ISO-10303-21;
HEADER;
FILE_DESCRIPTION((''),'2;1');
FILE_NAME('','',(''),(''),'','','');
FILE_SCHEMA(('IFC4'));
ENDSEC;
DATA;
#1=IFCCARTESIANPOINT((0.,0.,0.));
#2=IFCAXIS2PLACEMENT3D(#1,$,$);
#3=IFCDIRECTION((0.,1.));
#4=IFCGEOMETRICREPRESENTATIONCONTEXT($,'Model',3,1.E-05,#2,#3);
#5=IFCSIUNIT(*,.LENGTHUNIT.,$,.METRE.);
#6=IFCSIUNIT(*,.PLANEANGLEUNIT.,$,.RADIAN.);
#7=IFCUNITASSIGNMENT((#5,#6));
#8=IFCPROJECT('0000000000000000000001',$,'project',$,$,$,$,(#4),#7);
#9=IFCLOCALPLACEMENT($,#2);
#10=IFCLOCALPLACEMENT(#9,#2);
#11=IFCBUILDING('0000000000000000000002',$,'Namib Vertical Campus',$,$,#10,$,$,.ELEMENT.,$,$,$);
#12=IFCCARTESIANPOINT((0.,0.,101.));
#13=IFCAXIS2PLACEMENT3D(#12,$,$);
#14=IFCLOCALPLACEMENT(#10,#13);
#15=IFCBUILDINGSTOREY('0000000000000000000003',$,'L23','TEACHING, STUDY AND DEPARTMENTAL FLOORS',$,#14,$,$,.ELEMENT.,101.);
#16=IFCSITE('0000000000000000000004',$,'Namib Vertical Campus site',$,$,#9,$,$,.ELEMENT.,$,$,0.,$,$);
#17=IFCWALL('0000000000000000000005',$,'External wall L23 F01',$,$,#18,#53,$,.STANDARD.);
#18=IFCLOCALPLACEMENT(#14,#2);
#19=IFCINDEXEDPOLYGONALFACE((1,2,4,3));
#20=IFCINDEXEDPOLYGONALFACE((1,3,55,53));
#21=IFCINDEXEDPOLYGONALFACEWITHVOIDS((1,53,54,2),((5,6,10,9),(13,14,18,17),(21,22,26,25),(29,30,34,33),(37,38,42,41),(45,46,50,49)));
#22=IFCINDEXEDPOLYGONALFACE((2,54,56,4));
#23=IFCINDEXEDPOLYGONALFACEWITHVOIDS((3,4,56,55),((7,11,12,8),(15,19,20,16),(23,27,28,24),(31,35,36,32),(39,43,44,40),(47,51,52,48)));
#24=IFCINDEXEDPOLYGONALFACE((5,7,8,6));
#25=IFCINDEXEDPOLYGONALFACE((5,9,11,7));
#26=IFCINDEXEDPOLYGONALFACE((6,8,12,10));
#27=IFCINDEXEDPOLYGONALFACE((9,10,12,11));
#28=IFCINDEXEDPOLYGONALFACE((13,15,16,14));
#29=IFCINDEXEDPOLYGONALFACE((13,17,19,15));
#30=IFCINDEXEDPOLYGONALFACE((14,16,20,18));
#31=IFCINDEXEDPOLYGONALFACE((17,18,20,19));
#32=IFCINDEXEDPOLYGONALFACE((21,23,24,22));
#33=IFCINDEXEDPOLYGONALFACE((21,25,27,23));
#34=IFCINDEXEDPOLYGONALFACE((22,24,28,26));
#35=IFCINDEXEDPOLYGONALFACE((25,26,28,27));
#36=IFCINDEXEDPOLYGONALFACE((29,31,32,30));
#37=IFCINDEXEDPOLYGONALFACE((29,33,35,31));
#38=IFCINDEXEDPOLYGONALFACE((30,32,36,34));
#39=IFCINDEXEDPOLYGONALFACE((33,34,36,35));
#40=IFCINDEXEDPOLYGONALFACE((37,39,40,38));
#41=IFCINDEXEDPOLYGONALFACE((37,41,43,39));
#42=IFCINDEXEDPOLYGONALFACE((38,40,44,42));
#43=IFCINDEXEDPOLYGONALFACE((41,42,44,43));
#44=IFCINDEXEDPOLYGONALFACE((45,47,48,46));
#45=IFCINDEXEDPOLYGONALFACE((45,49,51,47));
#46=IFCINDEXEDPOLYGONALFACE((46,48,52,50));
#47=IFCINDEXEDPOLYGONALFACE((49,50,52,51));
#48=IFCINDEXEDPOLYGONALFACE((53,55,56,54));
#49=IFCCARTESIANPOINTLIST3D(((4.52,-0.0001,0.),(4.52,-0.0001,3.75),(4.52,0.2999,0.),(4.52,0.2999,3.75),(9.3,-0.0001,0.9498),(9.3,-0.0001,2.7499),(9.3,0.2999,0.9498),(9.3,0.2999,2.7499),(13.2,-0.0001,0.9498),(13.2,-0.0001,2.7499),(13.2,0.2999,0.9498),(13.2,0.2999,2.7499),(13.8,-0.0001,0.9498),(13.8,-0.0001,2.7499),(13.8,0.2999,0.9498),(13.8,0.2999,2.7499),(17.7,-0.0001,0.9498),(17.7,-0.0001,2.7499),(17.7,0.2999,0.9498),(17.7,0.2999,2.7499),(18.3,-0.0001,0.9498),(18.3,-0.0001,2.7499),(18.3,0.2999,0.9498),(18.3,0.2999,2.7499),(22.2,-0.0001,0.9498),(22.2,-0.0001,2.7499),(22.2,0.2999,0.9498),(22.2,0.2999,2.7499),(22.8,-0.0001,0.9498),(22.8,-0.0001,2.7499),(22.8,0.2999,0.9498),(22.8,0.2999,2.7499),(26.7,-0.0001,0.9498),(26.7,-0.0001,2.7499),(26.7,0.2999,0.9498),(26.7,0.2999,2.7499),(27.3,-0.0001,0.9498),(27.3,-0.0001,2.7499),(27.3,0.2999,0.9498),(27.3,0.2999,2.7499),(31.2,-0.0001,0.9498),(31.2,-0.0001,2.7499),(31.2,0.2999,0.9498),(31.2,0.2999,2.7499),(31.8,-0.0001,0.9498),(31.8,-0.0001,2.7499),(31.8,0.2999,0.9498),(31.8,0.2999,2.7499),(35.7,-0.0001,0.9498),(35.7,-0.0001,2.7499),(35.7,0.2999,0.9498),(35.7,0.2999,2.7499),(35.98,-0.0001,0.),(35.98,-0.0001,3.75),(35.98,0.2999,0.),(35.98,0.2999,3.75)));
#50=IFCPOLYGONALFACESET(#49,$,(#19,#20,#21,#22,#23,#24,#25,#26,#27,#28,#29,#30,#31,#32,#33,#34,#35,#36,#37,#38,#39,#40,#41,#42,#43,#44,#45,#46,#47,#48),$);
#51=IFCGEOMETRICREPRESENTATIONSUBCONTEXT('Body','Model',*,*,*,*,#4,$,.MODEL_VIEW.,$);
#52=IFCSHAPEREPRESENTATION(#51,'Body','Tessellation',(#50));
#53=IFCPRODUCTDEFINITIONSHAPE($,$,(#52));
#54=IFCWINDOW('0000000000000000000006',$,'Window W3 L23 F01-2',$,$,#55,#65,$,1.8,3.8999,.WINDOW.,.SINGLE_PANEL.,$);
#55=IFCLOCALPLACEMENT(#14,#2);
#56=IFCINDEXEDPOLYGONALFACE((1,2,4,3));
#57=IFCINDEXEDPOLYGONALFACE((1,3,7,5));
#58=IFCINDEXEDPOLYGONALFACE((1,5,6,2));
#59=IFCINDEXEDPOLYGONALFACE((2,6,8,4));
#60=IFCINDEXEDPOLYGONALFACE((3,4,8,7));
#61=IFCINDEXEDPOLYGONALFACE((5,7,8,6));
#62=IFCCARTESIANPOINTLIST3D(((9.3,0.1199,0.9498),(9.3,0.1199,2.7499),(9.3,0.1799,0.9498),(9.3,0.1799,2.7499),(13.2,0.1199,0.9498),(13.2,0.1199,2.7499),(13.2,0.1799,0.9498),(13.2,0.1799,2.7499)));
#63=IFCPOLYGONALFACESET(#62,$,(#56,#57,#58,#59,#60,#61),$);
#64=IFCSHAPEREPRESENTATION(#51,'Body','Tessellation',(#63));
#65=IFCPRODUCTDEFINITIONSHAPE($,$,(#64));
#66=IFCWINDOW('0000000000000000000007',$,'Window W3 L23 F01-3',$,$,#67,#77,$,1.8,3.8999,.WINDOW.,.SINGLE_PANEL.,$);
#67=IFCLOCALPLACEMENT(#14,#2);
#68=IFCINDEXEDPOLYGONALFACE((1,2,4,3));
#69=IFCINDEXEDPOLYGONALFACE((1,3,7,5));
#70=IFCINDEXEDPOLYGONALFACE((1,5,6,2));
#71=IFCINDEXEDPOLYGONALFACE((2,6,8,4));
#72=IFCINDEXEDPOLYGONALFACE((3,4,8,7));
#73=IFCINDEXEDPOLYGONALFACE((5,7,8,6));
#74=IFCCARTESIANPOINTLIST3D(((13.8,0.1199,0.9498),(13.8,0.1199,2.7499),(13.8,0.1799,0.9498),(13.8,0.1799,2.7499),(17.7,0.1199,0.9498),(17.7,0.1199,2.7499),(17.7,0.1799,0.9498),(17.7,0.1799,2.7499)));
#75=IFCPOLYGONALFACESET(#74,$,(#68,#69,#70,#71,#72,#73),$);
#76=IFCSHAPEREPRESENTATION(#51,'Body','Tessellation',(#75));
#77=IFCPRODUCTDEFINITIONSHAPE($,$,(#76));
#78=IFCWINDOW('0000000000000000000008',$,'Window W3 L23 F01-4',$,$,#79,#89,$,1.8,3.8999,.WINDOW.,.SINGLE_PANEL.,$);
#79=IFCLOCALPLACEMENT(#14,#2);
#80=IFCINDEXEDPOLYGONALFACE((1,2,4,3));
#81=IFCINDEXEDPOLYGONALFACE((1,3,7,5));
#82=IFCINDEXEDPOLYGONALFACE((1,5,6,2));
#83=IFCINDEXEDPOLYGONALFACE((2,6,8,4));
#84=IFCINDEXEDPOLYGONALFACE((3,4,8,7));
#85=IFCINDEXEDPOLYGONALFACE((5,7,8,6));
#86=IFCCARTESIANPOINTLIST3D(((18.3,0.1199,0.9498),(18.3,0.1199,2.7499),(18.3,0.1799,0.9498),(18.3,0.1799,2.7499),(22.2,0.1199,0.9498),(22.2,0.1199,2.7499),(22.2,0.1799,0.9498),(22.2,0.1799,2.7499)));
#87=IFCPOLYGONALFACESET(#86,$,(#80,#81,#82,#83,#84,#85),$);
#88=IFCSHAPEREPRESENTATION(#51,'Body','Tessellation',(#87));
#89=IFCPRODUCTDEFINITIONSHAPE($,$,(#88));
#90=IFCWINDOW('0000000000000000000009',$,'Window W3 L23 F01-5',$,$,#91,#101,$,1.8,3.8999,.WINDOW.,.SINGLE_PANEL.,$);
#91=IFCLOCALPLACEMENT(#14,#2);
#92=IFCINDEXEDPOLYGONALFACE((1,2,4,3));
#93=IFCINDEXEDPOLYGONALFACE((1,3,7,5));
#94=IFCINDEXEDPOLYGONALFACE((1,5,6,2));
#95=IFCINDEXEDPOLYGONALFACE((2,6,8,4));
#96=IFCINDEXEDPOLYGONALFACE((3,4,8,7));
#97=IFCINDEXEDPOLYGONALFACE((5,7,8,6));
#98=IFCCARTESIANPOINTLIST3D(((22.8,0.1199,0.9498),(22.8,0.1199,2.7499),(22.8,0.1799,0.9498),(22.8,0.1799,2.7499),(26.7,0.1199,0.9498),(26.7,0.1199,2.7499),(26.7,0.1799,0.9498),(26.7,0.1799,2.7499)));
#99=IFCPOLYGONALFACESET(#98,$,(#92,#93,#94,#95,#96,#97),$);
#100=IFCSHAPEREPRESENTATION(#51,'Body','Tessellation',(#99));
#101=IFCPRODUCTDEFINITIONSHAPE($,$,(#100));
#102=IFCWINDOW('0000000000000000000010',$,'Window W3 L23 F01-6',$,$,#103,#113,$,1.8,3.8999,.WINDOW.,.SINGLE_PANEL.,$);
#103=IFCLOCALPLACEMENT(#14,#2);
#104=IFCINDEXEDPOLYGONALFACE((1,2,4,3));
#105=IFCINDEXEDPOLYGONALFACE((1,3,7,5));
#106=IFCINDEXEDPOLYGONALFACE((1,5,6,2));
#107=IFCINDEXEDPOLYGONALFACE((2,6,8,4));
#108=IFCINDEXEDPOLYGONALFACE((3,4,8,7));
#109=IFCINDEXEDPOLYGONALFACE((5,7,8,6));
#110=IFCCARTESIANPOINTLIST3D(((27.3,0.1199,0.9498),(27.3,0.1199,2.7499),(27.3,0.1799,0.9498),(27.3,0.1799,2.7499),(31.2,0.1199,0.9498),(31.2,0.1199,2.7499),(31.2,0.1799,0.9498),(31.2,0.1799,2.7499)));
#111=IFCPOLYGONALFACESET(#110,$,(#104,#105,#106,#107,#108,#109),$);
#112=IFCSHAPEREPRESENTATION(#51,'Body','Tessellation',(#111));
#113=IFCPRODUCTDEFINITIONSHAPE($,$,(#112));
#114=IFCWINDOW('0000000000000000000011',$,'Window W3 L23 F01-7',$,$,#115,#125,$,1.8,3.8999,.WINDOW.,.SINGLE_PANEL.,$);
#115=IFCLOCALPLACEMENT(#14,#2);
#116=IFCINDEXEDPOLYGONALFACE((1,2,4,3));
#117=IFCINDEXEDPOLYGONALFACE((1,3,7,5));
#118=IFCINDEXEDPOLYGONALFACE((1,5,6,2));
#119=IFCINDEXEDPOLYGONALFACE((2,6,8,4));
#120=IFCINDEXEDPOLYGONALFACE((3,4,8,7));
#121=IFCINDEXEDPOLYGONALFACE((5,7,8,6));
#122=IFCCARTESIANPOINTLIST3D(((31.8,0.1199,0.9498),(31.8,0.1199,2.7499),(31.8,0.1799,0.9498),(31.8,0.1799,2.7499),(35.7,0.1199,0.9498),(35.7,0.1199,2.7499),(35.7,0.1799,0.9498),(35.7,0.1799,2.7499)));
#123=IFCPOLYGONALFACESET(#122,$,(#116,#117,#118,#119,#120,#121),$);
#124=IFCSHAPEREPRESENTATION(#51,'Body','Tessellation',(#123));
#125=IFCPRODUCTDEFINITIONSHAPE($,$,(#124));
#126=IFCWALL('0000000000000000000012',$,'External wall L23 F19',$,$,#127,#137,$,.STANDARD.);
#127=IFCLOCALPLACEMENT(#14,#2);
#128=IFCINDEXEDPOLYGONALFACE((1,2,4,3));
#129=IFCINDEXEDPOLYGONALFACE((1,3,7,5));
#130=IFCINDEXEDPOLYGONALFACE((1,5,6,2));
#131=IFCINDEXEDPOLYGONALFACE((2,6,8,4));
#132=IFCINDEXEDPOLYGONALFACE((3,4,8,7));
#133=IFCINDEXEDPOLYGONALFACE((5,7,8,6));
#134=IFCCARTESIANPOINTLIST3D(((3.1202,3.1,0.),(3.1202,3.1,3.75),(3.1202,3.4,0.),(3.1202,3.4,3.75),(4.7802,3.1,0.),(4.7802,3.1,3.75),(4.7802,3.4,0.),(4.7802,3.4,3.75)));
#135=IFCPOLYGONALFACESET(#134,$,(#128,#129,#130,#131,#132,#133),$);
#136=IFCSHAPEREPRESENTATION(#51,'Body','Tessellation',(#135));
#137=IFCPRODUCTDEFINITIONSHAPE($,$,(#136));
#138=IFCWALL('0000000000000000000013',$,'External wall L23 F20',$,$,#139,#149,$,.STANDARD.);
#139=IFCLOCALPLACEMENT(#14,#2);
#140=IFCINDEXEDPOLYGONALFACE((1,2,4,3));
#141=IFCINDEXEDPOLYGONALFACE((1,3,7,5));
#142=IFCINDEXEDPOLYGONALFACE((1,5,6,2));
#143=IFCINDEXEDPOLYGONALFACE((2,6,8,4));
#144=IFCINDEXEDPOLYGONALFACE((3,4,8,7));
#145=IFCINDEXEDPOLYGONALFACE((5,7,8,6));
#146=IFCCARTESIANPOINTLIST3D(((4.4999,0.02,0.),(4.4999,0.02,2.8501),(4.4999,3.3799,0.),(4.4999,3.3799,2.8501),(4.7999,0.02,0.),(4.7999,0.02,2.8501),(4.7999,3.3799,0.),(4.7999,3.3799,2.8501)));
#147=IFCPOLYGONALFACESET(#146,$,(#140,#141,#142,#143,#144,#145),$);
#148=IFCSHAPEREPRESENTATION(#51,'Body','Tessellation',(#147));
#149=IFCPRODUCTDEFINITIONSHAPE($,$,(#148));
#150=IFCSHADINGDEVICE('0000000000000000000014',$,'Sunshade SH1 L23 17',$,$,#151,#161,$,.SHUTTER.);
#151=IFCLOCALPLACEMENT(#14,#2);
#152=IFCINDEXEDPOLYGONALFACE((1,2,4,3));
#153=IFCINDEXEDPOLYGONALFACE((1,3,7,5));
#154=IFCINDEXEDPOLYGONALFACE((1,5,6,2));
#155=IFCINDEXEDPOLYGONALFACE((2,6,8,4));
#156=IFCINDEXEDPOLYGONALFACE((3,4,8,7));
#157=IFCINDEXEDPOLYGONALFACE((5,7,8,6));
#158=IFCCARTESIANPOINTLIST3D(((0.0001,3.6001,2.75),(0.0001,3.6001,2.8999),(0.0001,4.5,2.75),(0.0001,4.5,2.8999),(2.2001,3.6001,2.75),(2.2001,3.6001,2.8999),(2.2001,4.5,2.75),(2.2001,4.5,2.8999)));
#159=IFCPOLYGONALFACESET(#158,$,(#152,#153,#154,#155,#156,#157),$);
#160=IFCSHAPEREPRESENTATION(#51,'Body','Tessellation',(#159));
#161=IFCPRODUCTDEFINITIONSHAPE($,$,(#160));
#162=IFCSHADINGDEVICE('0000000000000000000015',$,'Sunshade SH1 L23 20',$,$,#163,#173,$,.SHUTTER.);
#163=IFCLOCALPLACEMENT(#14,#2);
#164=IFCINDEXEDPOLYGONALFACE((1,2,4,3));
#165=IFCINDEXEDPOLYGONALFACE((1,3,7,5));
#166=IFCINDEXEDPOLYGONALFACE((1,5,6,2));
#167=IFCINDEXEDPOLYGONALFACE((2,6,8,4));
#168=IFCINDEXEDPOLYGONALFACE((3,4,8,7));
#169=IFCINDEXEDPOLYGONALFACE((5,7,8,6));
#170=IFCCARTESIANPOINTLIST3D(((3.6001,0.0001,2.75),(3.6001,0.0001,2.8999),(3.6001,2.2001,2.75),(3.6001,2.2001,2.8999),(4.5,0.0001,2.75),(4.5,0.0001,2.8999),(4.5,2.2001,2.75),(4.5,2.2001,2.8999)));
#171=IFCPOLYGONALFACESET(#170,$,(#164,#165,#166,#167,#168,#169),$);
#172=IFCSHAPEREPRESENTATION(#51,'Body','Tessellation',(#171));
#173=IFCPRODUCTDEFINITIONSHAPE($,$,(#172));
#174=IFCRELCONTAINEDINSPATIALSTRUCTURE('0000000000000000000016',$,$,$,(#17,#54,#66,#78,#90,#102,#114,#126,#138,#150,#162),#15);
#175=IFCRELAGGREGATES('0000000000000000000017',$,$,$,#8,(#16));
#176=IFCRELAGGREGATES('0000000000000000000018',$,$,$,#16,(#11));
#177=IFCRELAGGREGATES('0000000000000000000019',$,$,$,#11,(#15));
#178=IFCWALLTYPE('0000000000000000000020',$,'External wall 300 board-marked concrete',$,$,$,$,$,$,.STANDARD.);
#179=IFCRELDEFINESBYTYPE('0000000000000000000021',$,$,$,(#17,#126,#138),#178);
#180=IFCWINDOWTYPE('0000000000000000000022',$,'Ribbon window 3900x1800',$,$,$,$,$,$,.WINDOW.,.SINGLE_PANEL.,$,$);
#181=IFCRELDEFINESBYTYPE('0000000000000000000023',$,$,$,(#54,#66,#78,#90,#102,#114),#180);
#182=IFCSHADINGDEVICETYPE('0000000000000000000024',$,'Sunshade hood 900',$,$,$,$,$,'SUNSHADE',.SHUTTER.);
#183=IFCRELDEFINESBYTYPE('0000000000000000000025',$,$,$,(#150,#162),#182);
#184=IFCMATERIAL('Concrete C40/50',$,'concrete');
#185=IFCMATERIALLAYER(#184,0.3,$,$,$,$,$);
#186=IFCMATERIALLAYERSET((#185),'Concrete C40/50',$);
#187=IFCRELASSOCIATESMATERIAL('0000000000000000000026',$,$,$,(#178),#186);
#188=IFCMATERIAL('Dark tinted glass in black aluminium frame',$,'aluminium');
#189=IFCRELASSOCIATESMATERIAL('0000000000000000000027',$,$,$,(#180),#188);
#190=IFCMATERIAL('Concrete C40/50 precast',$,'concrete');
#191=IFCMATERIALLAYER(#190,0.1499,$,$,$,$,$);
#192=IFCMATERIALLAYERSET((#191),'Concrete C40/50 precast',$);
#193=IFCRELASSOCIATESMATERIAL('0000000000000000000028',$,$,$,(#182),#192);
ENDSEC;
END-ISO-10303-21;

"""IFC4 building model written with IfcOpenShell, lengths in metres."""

from ifc_helpers import new_model, si_unit, direction, frame, frame_2d, origin, origin_2d, place, context, subcontext, project, spatial, rectangle, extrude, material, layer, layer_set, type_object, element, fill, save


model = new_model("IFC4")

# Units and contexts
model_context = context("Model", 3, precision=1e-05, world=origin(), true_north=direction((0.0, 1.0)))
body_context = subcontext(model_context, "Body", "Model", "MODEL_VIEW")
ifc_project = project(units=[si_unit("LENGTHUNIT", "METRE"), si_unit("PLANEANGLEUNIT", "RADIAN")], contexts=[model_context])

# Site, building, storey
site_placement = place(None, origin())
site = spatial("IfcSite", under=ifc_project, at=site_placement, Name="Namib Vertical Campus site", CompositionType="ELEMENT", RefElevation=0.0)
building_placement = place(site_placement, origin())
building = spatial("IfcBuilding", under=site, at=building_placement, Name="Namib Vertical Campus", CompositionType="ELEMENT")
storey_placement = place(building_placement, frame((0.0, 0.0, 101.0)))
storey = spatial("IfcBuildingStorey", under=building, at=storey_placement, Name="L23", Description="TEACHING, STUDY AND DEPARTMENTAL FLOORS", CompositionType="ELEMENT", Elevation=101.0)

# Wall, openings, windows
ifc_material_1 = material(Name="Concrete C40/50", Category="concrete")
ifc_layer_1 = layer(ifc_material_1, 0.3)
ifc_layer_set_1 = layer_set([ifc_layer_1], Name="Concrete C40/50")
wall_type = type_object("IfcWallType", Name="External wall 300 board-marked concrete", PredefinedType="STANDARD", material=ifc_layer_set_1)
wall_1_placement = place(storey_placement, frame((4.52, 0.1499, 0.0), z_axis=(0.0, 0.0, 1.0), x_axis=(1.0, 0.0, 0.0)))
wall_1 = element("IfcWall", 1, at=wall_1_placement, inside=storey, type_object=wall_type, Name="External wall L23 F01", PredefinedType="STANDARD", context=body_context, shape_type="SweptSolid", body=[
    extrude(rectangle(XDim=31.46, YDim=0.3, at=frame_2d((15.73, 0.0))), origin(), (0.0, 0.0, 1.0), 3.75),
])
opening_1_placement = place(wall_1_placement, frame((4.78, 0.0, 0.95)))
opening_1 = element("IfcOpeningElement", 2, at=opening_1_placement, cuts=wall_1, PredefinedType="OPENING", context=body_context, shape_type="SweptSolid", body=[
    extrude(rectangle(XDim=3.8999, YDim=1.8, at=frame_2d((1.95, 0.8999))), frame((0.0, 0.1599, 0.0), z_axis=(0.0, -1.0, 0.0), x_axis=(1.0, 0.0, 0.0)), (0.0, 0.0, 1.0), 0.3201),
])
opening_2_placement = place(wall_1_placement, frame((9.28, 0.0, 0.95)))
opening_2 = element("IfcOpeningElement", 3, at=opening_2_placement, cuts=wall_1, PredefinedType="OPENING", context=body_context, shape_type="SweptSolid", body=[
    extrude(rectangle(XDim=3.8999, YDim=1.8, at=frame_2d((1.95, 0.8999))), frame((0.0, 0.1599, 0.0), z_axis=(0.0, -1.0, 0.0), x_axis=(1.0, 0.0, 0.0)), (0.0, 0.0, 1.0), 0.3201),
])
opening_3_placement = place(wall_1_placement, frame((13.78, 0.0, 0.95)))
opening_3 = element("IfcOpeningElement", 4, at=opening_3_placement, cuts=wall_1, PredefinedType="OPENING", context=body_context, shape_type="SweptSolid", body=[
    extrude(rectangle(XDim=3.8999, YDim=1.8, at=frame_2d((1.95, 0.8999))), frame((0.0, 0.1599, 0.0), z_axis=(0.0, -1.0, 0.0), x_axis=(1.0, 0.0, 0.0)), (0.0, 0.0, 1.0), 0.3201),
])
opening_4_placement = place(wall_1_placement, frame((18.28, 0.0, 0.95)))
opening_4 = element("IfcOpeningElement", 5, at=opening_4_placement, cuts=wall_1, PredefinedType="OPENING", context=body_context, shape_type="SweptSolid", body=[
    extrude(rectangle(XDim=3.8999, YDim=1.8, at=frame_2d((1.95, 0.8999))), frame((0.0, 0.1599, 0.0), z_axis=(0.0, -1.0, 0.0), x_axis=(1.0, 0.0, 0.0)), (0.0, 0.0, 1.0), 0.3201),
])
opening_5_placement = place(wall_1_placement, frame((22.78, 0.0, 0.95)))
opening_5 = element("IfcOpeningElement", 6, at=opening_5_placement, cuts=wall_1, PredefinedType="OPENING", context=body_context, shape_type="SweptSolid", body=[
    extrude(rectangle(XDim=3.8999, YDim=1.8, at=frame_2d((1.95, 0.8999))), frame((0.0, 0.1599, 0.0), z_axis=(0.0, -1.0, 0.0), x_axis=(1.0, 0.0, 0.0)), (0.0, 0.0, 1.0), 0.3201),
])
opening_6_placement = place(wall_1_placement, frame((27.28, 0.0, 0.95)))
opening_6 = element("IfcOpeningElement", 7, at=opening_6_placement, cuts=wall_1, PredefinedType="OPENING", context=body_context, shape_type="SweptSolid", body=[
    extrude(rectangle(XDim=3.8999, YDim=1.8, at=frame_2d((1.95, 0.8999))), frame((0.0, 0.1599, 0.0), z_axis=(0.0, -1.0, 0.0), x_axis=(1.0, 0.0, 0.0)), (0.0, 0.0, 1.0), 0.3201),
])
ifc_material_2 = material(Name="Dark tinted glass in black aluminium frame", Category="aluminium")
window_type = type_object("IfcWindowType", Name="Ribbon window 3900x1800", PartitioningType="SINGLE_PANEL", PredefinedType="WINDOW", material=ifc_material_2)
window_1_placement = place(opening_1_placement, origin())
window_1 = element("IfcWindow", 8, at=window_1_placement, inside=storey, type_object=window_type, Name="Window W3 L23 F01-2", OverallHeight=1.8, OverallWidth=3.8999, PartitioningType="SINGLE_PANEL", PredefinedType="WINDOW", context=body_context, shape_type="SweptSolid", body=[
    extrude(rectangle(XDim=3.8999, YDim=1.8, at=frame_2d((1.95, 0.8999))), frame((0.0, 0.03, 0.0), z_axis=(0.0, -1.0, 0.0), x_axis=(1.0, 0.0, 0.0)), (0.0, 0.0, 1.0), 0.0601),
])
fill(opening_1, window_1)
window_2_placement = place(opening_2_placement, origin())
window_2 = element("IfcWindow", 9, at=window_2_placement, inside=storey, type_object=window_type, Name="Window W3 L23 F01-3", OverallHeight=1.8, OverallWidth=3.8999, PartitioningType="SINGLE_PANEL", PredefinedType="WINDOW", context=body_context, shape_type="SweptSolid", body=[
    extrude(rectangle(XDim=3.8999, YDim=1.8, at=frame_2d((1.95, 0.8999))), frame((0.0, 0.03, 0.0), z_axis=(0.0, -1.0, 0.0), x_axis=(1.0, 0.0, 0.0)), (0.0, 0.0, 1.0), 0.0601),
])
fill(opening_2, window_2)
window_3_placement = place(opening_3_placement, origin())
window_3 = element("IfcWindow", 10, at=window_3_placement, inside=storey, type_object=window_type, Name="Window W3 L23 F01-4", OverallHeight=1.8, OverallWidth=3.8999, PartitioningType="SINGLE_PANEL", PredefinedType="WINDOW", context=body_context, shape_type="SweptSolid", body=[
    extrude(rectangle(XDim=3.8999, YDim=1.8, at=frame_2d((1.95, 0.8999))), frame((0.0, 0.03, 0.0), z_axis=(0.0, -1.0, 0.0), x_axis=(1.0, 0.0, 0.0)), (0.0, 0.0, 1.0), 0.0601),
])
fill(opening_3, window_3)
window_4_placement = place(opening_4_placement, origin())
window_4 = element("IfcWindow", 11, at=window_4_placement, inside=storey, type_object=window_type, Name="Window W3 L23 F01-5", OverallHeight=1.8, OverallWidth=3.8999, PartitioningType="SINGLE_PANEL", PredefinedType="WINDOW", context=body_context, shape_type="SweptSolid", body=[
    extrude(rectangle(XDim=3.8999, YDim=1.8, at=frame_2d((1.95, 0.8999))), frame((0.0, 0.03, 0.0), z_axis=(0.0, -1.0, 0.0), x_axis=(1.0, 0.0, 0.0)), (0.0, 0.0, 1.0), 0.0601),
])
fill(opening_4, window_4)
window_5_placement = place(opening_5_placement, origin())
window_5 = element("IfcWindow", 12, at=window_5_placement, inside=storey, type_object=window_type, Name="Window W3 L23 F01-6", OverallHeight=1.8, OverallWidth=3.8999, PartitioningType="SINGLE_PANEL", PredefinedType="WINDOW", context=body_context, shape_type="SweptSolid", body=[
    extrude(rectangle(XDim=3.8999, YDim=1.8, at=frame_2d((1.95, 0.8999))), frame((0.0, 0.03, 0.0), z_axis=(0.0, -1.0, 0.0), x_axis=(1.0, 0.0, 0.0)), (0.0, 0.0, 1.0), 0.0601),
])
fill(opening_5, window_5)
window_6_placement = place(opening_6_placement, origin())
window_6 = element("IfcWindow", 13, at=window_6_placement, inside=storey, type_object=window_type, Name="Window W3 L23 F01-7", OverallHeight=1.8, OverallWidth=3.8999, PartitioningType="SINGLE_PANEL", PredefinedType="WINDOW", context=body_context, shape_type="SweptSolid", body=[
    extrude(rectangle(XDim=3.8999, YDim=1.8, at=frame_2d((1.95, 0.8999))), frame((0.0, 0.03, 0.0), z_axis=(0.0, -1.0, 0.0), x_axis=(1.0, 0.0, 0.0)), (0.0, 0.0, 1.0), 0.0601),
])
fill(opening_6, window_6)

# Walls
wall_2_placement = place(storey_placement, frame((3.1201, 3.25, 0.0), z_axis=(0.0, 0.0, 1.0), x_axis=(1.0, 0.0, 0.0)))
element("IfcWall", 14, at=wall_2_placement, inside=storey, type_object=wall_type, Name="External wall L23 F19", PredefinedType="STANDARD", context=body_context, shape_type="SweptSolid", body=[
    extrude(rectangle(XDim=1.6599, YDim=0.3, at=frame_2d((0.8301, 0.0))), origin(), (0.0, 0.0, 1.0), 3.75),
])
wall_3_placement = place(storey_placement, frame((4.6499, 3.3799, 0.0), z_axis=(0.0, 0.0, 1.0), x_axis=(0.0, -1.0, 0.0)))
element("IfcWall", 15, at=wall_3_placement, inside=storey, type_object=wall_type, Name="External wall L23 F20", PredefinedType="STANDARD", context=body_context, shape_type="SweptSolid", body=[
    extrude(rectangle(XDim=3.3599, YDim=0.3, at=frame_2d((1.6799, 0.0))), origin(), (0.0, 0.0, 1.0), 2.8501),
])

# Shading devices
ifc_material_3 = material(Name="Concrete C40/50 precast", Category="concrete")
ifc_layer_2 = layer(ifc_material_3, 0.1499)
ifc_layer_set_2 = layer_set([ifc_layer_2], Name="Concrete C40/50 precast")
shading_device_type = type_object("IfcShadingDeviceType", Name="Sunshade hood 900", ElementType="SUNSHADE", PredefinedType="SHUTTER", material=ifc_layer_set_2)
for number, where, z_axis, x_axis, name in (
    (16, (1.1001, 4.05, 2.75), (0.0, 0.0, 1.0), (1.0, 0.0, 0.0), "Sunshade SH1 L23 17"),
    (17, (4.05, 1.1001, 2.75), (0.0, 0.0, 1.0), (0.0, -1.0, 0.0), "Sunshade SH1 L23 20"),
):
    element("IfcShadingDevice", number, at=place(storey_placement, frame(where, z_axis=z_axis, x_axis=x_axis)), inside=storey, type_object=shading_device_type, Name=name, PredefinedType="SHUTTER", context=body_context, shape_type="SweptSolid", body=[
        extrude(rectangle(XDim=2.2, YDim=0.8999, at=origin_2d()), origin(), (0.0, 0.0, 1.0), 0.1499),
    ])

save(model, "model.ifc")
